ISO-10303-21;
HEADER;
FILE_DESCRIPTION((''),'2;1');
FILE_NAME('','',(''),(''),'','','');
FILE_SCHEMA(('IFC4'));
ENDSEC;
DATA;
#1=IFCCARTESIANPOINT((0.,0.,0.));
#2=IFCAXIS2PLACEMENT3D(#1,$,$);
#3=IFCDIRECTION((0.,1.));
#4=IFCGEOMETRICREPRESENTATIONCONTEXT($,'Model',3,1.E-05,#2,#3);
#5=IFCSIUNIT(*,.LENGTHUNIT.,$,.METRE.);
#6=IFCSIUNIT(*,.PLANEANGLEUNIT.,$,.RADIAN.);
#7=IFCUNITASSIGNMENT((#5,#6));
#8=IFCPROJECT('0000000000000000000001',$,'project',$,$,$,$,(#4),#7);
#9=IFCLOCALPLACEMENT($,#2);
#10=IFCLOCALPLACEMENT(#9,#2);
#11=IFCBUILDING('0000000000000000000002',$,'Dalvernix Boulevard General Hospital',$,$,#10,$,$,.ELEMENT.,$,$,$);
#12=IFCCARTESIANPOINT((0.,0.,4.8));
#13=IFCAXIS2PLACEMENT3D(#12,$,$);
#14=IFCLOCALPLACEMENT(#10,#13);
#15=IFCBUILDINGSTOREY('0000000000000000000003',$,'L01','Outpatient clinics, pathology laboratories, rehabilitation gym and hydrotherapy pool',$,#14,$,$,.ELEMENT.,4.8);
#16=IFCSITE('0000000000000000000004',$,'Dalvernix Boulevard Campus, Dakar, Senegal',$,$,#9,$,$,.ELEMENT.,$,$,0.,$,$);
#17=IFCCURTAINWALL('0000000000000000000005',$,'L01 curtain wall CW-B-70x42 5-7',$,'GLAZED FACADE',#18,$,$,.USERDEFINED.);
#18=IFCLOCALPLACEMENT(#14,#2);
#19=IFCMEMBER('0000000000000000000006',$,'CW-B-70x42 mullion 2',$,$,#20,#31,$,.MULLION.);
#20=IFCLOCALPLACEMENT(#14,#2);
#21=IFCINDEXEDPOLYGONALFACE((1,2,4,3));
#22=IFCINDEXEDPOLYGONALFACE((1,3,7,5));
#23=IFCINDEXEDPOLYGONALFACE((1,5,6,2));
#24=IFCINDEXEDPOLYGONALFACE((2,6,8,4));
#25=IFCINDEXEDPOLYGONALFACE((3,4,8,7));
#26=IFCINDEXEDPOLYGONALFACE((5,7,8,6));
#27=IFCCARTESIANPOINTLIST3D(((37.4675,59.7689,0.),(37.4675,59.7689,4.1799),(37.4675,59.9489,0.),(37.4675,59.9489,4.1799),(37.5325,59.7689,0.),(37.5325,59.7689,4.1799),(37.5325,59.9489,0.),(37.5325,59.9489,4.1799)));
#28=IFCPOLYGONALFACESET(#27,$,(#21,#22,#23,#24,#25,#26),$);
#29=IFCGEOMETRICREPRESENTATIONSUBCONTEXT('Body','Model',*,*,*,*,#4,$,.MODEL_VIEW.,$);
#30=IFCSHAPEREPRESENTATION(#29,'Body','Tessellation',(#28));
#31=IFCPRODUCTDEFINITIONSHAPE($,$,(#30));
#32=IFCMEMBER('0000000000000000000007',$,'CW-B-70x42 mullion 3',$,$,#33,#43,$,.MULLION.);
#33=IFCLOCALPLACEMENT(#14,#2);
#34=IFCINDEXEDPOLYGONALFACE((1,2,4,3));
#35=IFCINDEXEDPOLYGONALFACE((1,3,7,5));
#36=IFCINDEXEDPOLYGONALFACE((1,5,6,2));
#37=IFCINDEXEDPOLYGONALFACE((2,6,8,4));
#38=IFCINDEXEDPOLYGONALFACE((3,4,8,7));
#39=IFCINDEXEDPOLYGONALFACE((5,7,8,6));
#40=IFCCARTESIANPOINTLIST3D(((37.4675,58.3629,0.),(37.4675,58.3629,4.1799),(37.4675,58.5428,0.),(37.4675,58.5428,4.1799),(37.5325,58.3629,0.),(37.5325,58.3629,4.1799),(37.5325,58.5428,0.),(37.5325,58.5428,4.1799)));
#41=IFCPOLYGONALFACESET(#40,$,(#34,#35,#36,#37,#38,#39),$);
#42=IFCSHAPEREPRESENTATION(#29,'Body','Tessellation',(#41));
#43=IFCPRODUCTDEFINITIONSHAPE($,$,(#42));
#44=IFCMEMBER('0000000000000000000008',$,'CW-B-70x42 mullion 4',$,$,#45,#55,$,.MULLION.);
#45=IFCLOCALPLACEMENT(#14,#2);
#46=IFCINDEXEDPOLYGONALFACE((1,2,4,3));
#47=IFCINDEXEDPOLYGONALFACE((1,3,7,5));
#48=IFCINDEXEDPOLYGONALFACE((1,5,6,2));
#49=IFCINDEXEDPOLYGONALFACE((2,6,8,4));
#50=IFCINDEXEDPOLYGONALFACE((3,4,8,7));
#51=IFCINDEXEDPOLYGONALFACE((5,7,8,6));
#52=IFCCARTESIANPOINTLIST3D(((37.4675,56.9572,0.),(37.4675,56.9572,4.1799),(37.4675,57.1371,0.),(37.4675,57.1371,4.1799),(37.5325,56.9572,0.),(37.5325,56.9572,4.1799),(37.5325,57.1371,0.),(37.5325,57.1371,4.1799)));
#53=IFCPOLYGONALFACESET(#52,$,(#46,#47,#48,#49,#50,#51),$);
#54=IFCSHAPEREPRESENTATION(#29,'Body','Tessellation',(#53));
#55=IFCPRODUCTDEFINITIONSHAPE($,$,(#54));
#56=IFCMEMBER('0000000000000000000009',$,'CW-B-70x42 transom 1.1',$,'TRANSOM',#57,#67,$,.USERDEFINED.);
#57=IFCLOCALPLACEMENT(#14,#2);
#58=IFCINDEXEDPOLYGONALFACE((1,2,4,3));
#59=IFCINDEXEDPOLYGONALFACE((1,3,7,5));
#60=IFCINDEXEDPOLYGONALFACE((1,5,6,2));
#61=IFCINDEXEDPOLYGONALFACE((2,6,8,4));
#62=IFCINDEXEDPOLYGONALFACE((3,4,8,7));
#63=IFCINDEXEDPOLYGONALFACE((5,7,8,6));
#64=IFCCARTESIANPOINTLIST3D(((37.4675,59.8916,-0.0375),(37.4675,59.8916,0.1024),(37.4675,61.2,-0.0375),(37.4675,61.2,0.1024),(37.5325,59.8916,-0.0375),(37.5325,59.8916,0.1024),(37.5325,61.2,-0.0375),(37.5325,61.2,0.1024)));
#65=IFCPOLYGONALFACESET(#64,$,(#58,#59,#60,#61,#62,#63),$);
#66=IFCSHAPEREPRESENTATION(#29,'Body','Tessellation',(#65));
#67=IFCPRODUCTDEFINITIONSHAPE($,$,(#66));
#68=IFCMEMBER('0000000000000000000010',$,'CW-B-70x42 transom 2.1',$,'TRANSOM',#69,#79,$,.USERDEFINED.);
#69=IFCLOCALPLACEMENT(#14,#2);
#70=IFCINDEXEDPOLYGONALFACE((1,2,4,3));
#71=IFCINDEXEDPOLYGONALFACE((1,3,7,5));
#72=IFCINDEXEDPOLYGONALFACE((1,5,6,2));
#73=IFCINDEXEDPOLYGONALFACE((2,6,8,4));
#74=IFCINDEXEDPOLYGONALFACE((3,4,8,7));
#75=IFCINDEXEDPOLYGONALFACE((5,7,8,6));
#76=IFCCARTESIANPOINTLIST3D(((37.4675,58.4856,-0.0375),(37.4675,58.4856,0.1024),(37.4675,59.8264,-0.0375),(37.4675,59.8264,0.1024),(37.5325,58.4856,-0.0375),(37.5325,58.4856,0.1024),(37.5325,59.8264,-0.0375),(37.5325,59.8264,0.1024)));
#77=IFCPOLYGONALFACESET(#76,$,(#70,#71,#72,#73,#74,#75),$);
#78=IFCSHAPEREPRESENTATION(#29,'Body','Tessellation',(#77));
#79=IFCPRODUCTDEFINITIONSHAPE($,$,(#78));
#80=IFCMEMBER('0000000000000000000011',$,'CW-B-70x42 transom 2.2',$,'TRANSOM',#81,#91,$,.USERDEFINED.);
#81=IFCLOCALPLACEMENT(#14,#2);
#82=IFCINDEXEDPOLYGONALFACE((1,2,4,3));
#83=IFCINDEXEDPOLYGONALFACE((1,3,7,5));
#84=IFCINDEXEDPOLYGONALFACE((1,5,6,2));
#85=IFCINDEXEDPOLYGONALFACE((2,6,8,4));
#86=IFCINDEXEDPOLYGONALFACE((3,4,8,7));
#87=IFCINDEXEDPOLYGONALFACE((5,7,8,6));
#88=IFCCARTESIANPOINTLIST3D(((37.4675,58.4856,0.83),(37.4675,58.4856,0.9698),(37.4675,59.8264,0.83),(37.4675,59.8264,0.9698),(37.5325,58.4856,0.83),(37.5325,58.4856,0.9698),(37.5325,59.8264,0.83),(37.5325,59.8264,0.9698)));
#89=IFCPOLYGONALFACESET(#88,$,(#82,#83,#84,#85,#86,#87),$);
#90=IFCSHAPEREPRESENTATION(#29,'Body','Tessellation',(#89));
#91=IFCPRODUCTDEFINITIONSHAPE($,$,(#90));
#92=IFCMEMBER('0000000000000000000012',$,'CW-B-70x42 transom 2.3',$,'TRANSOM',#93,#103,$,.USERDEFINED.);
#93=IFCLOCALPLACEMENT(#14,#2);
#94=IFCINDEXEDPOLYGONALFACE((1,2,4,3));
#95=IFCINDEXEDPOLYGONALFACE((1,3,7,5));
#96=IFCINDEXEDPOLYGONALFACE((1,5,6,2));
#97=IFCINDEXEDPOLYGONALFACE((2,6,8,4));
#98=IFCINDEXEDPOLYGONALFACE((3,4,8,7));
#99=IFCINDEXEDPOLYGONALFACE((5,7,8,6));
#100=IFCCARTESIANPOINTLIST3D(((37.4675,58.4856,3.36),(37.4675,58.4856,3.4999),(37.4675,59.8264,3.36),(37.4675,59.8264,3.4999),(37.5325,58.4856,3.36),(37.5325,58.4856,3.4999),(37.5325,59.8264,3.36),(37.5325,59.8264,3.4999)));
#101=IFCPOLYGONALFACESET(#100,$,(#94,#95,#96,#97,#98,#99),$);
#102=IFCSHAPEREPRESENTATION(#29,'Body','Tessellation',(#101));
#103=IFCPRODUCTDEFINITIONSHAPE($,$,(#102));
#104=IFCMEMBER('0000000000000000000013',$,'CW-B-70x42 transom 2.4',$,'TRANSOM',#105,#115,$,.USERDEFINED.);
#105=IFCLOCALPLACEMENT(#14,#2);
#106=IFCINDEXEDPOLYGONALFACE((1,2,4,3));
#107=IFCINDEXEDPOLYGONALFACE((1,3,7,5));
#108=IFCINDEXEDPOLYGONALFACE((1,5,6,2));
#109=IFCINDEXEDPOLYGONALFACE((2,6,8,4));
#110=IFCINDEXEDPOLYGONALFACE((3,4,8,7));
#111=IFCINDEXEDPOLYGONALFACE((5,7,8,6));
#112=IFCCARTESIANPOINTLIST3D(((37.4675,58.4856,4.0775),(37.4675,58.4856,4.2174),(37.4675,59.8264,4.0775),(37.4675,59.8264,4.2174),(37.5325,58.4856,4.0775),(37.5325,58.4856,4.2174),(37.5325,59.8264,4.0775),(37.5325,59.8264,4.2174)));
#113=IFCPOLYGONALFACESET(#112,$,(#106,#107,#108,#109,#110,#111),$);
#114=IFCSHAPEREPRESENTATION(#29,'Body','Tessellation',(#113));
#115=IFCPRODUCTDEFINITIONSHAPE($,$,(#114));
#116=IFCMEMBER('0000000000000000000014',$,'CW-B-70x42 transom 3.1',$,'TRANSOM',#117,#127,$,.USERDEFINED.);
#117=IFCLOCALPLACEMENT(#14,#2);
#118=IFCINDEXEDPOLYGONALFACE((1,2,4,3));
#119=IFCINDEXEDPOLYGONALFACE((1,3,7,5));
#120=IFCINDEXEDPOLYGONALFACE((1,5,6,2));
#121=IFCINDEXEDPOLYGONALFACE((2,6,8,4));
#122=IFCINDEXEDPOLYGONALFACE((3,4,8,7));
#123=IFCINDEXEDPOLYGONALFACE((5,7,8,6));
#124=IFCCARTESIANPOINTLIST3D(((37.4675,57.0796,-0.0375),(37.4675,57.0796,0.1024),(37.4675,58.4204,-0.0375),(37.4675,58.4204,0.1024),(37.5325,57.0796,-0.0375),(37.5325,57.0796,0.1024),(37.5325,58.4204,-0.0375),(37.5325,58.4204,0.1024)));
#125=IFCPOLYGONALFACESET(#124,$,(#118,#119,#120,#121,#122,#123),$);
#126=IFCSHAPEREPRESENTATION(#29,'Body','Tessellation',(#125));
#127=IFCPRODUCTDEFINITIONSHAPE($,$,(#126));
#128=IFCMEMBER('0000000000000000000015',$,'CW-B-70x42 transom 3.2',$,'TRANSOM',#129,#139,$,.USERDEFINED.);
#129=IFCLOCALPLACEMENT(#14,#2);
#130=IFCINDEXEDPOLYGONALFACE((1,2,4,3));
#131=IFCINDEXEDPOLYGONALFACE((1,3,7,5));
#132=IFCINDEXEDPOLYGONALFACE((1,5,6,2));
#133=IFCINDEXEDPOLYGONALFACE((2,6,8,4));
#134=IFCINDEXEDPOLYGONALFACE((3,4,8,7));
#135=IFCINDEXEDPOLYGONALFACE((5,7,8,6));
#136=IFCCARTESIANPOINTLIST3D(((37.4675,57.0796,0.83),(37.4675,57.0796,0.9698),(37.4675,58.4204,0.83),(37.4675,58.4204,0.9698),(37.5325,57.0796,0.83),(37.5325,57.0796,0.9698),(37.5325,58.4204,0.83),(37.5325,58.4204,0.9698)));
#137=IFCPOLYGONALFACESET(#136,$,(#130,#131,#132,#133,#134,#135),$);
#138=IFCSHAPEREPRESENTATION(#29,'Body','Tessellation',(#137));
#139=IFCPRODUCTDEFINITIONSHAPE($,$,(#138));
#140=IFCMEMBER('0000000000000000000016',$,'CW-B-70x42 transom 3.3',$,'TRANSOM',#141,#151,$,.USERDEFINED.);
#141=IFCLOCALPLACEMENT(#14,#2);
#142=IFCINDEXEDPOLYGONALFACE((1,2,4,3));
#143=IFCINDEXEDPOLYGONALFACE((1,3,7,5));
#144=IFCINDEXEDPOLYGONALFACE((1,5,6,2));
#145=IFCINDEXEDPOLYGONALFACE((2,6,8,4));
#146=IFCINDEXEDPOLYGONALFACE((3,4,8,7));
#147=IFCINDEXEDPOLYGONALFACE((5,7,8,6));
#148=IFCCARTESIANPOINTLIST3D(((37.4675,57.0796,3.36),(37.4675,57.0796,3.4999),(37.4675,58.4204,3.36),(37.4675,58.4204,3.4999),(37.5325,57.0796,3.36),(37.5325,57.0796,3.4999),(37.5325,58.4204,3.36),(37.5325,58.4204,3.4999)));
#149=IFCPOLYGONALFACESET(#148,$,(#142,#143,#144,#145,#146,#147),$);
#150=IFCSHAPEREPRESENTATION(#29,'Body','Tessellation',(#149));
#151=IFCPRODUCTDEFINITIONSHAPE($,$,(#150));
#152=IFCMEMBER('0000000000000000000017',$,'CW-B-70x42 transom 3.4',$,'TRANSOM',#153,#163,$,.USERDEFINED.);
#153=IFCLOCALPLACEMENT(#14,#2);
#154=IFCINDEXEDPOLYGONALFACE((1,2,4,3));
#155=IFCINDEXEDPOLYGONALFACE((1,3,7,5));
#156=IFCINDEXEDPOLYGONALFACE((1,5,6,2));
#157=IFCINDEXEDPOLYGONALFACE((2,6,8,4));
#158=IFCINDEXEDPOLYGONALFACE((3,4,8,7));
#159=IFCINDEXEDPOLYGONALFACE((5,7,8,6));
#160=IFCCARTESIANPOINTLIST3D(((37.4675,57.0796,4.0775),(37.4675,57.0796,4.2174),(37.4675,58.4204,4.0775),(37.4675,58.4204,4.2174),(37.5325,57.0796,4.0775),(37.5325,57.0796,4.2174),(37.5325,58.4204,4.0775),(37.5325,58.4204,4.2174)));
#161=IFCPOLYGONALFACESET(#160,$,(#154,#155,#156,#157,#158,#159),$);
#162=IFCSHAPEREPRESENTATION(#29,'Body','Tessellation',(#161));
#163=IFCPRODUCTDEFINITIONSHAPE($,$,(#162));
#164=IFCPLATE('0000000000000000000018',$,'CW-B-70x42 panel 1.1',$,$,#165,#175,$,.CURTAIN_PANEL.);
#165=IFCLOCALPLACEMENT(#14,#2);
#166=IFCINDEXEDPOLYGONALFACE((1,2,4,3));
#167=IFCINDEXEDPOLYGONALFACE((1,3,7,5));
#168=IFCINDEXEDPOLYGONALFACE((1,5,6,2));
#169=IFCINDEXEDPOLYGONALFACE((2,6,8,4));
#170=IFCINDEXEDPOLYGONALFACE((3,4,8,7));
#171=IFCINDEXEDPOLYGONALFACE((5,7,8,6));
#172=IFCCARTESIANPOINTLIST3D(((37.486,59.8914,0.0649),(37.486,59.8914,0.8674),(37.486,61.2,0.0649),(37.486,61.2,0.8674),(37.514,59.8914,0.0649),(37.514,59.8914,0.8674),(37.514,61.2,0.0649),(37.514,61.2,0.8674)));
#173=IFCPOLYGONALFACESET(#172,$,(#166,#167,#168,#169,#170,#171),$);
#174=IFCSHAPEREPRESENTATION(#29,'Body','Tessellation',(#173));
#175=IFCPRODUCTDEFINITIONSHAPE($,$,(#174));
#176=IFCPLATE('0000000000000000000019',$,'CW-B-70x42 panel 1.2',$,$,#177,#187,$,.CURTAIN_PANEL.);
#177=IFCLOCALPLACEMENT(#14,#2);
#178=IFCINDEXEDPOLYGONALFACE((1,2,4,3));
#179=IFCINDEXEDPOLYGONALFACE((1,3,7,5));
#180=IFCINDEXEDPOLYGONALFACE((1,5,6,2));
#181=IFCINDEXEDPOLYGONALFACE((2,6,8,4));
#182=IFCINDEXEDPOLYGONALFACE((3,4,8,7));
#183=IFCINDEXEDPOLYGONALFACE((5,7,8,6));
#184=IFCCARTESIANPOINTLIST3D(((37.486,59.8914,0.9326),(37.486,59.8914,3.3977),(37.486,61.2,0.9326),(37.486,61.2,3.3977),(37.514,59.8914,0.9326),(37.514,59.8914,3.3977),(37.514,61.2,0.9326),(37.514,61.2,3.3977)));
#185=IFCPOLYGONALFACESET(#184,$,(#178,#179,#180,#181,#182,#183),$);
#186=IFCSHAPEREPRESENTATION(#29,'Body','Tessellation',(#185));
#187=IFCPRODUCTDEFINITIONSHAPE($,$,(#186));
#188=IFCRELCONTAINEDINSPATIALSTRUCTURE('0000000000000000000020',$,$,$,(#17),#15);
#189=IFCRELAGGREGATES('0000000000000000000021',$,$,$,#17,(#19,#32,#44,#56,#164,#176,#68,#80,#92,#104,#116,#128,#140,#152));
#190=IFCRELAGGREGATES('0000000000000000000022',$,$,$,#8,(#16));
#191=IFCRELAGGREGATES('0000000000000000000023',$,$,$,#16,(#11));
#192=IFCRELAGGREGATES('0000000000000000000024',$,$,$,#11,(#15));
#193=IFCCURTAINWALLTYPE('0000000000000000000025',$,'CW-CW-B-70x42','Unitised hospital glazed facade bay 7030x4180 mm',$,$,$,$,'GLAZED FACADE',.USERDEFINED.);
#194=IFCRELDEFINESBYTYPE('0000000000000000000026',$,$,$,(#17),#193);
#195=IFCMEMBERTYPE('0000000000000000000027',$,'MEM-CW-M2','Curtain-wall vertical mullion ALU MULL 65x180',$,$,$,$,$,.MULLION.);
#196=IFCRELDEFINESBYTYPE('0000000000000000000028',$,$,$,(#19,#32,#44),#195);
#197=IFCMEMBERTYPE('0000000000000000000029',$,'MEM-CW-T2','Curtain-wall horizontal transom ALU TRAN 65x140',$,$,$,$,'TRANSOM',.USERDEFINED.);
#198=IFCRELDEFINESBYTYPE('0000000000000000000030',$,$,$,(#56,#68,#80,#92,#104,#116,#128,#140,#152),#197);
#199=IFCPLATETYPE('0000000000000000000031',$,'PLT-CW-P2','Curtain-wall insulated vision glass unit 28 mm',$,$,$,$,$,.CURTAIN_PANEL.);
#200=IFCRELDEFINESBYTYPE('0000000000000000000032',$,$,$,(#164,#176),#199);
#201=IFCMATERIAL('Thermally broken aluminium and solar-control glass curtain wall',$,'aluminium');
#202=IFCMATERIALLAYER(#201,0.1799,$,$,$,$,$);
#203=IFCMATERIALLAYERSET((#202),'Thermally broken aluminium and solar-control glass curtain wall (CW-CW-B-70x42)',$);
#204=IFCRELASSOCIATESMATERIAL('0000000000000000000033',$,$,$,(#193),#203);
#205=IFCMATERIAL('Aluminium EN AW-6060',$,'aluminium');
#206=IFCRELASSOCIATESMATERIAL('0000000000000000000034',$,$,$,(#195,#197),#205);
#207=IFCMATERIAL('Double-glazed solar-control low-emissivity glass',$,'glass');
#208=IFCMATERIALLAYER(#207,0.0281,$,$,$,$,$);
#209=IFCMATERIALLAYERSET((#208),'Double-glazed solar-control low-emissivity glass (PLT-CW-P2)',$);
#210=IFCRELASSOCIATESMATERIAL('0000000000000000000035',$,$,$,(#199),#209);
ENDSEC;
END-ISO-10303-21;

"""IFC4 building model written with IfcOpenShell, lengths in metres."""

from ifc_helpers import new_model, si_unit, direction, frame, origin, origin_2d, place, context, subcontext, project, spatial, rectangle, extrude, material, layer, layer_set, material_profile, profile_set, type_object, element, aggregate, save


model = new_model("IFC4")

# Units and contexts
model_context = context("Model", 3, precision=1e-05, world=origin(), true_north=direction((0.0, 1.0)))
body_context = subcontext(model_context, "Body", "Model", "MODEL_VIEW")
ifc_project = project(units=[si_unit("LENGTHUNIT", "METRE"), si_unit("PLANEANGLEUNIT", "RADIAN")], contexts=[model_context])

# Site, building, storey
site_placement = place(None, origin())
site = spatial("IfcSite", under=ifc_project, at=site_placement, Name="Dalvernix Boulevard Campus, Dakar, Senegal", CompositionType="ELEMENT", RefElevation=0.0)
building_placement = place(site_placement, origin())
building = spatial("IfcBuilding", under=site, at=building_placement, Name="Dalvernix Boulevard General Hospital", CompositionType="ELEMENT")
storey_placement = place(building_placement, frame((0.0, 0.0, 4.8)))
storey = spatial("IfcBuildingStorey", under=building, at=storey_placement, Name="L01", Description="Outpatient clinics, pathology laboratories, rehabilitation gym and hydrotherapy pool", CompositionType="ELEMENT", Elevation=4.8)

# Curtain wall, members, plates
ifc_material_1 = material(Name="Thermally broken aluminium and solar-control glass curtain wall", Category="aluminium")
ifc_layer_1 = layer(ifc_material_1, 0.1799)
ifc_layer_set_1 = layer_set([ifc_layer_1], Name="Thermally broken aluminium and solar-control glass curtain wall (CW-CW-B-70x42)")
curtain_wall_type = type_object("IfcCurtainWallType", Name="CW-CW-B-70x42", Description="Unitised hospital glazed facade bay 7030x4180 mm", ElementType="GLAZED FACADE", PredefinedType="USERDEFINED", material=ifc_layer_set_1)
curtain_wall_placement = place(storey_placement, origin())
curtain_wall = element("IfcCurtainWall", 1, at=curtain_wall_placement, inside=storey, type_object=curtain_wall_type, Name="L01 curtain wall CW-B-70x42 5-7", ObjectType="GLAZED FACADE", PredefinedType="USERDEFINED")
ifc_material_2 = material(Name="Aluminium EN AW-6060", Category="aluminium")
ifc_material_profile_1 = material_profile(ifc_material_2, rectangle(XDim=0.0649, YDim=0.1799, at=origin_2d()), Name="ALU MULL 65x180")
ifc_profile_set_1 = profile_set([ifc_material_profile_1], Name="Aluminium EN AW-6060")
member_type_1 = type_object("IfcMemberType", Name="MEM-CW-M2", Description="Curtain-wall vertical mullion ALU MULL 65x180", PredefinedType="MULLION", material=ifc_profile_set_1)
member_1_placement = place(storey_placement, frame((37.5, 59.8589, 0.0), z_axis=(0.0, 0.0, 1.0), x_axis=(1.0, 0.0, 0.0)))
member_1 = element("IfcMember", 2, at=member_1_placement, type_object=member_type_1, Name="CW-B-70x42 mullion 2", PredefinedType="MULLION", context=body_context, shape_type="SweptSolid", body=[
    extrude(rectangle(XDim=0.0649, YDim=0.1799, at=origin_2d()), origin(), (0.0, 0.0, 1.0), 4.1799),
])
member_2_placement = place(storey_placement, frame((37.5, 58.4529, 0.0), z_axis=(0.0, 0.0, 1.0), x_axis=(1.0, 0.0, 0.0)))
member_2 = element("IfcMember", 3, at=member_2_placement, type_object=member_type_1, Name="CW-B-70x42 mullion 3", PredefinedType="MULLION", context=body_context, shape_type="SweptSolid", body=[
    extrude(rectangle(XDim=0.0649, YDim=0.1799, at=origin_2d()), origin(), (0.0, 0.0, 1.0), 4.1799),
])
member_3_placement = place(storey_placement, frame((37.5, 57.0471, 0.0), z_axis=(0.0, 0.0, 1.0), x_axis=(1.0, 0.0, 0.0)))
member_3 = element("IfcMember", 4, at=member_3_placement, type_object=member_type_1, Name="CW-B-70x42 mullion 4", PredefinedType="MULLION", context=body_context, shape_type="SweptSolid", body=[
    extrude(rectangle(XDim=0.0649, YDim=0.1799, at=origin_2d()), origin(), (0.0, 0.0, 1.0), 4.1799),
])
ifc_material_profile_2 = material_profile(ifc_material_2, rectangle(XDim=0.0649, YDim=0.1399, at=origin_2d()), Name="ALU TRAN 65x140")
ifc_profile_set_2 = profile_set([ifc_material_profile_2], Name="Aluminium EN AW-6060")
member_type_2 = type_object("IfcMemberType", Name="MEM-CW-T2", Description="Curtain-wall horizontal transom ALU TRAN 65x140", ElementType="TRANSOM", PredefinedType="USERDEFINED", material=ifc_profile_set_2)
member_4_placement = place(storey_placement, frame((37.5, 61.2, 0.0325), z_axis=(0.0, -1.0, 0.0), x_axis=(1.0, 0.0, 0.0)))
member_4 = element("IfcMember", 5, at=member_4_placement, type_object=member_type_2, Name="CW-B-70x42 transom 1.1", ObjectType="TRANSOM", PredefinedType="USERDEFINED", context=body_context, shape_type="SweptSolid", body=[
    extrude(rectangle(XDim=0.0649, YDim=0.1399, at=origin_2d()), origin(), (0.0, 0.0, 1.0), 1.3083),
])
member_5_placement = place(storey_placement, frame((37.5, 59.8264, 0.0325), z_axis=(0.0, -1.0, 0.0), x_axis=(1.0, 0.0, 0.0)))
member_5 = element("IfcMember", 6, at=member_5_placement, type_object=member_type_2, Name="CW-B-70x42 transom 2.1", ObjectType="TRANSOM", PredefinedType="USERDEFINED", context=body_context, shape_type="SweptSolid", body=[
    extrude(rectangle(XDim=0.0649, YDim=0.1399, at=origin_2d()), origin(), (0.0, 0.0, 1.0), 1.3408),
])
member_6_placement = place(storey_placement, frame((37.5, 59.8264, 0.8999), z_axis=(0.0, -1.0, 0.0), x_axis=(1.0, 0.0, 0.0)))
member_6 = element("IfcMember", 7, at=member_6_placement, type_object=member_type_2, Name="CW-B-70x42 transom 2.2", ObjectType="TRANSOM", PredefinedType="USERDEFINED", context=body_context, shape_type="SweptSolid", body=[
    extrude(rectangle(XDim=0.0649, YDim=0.1399, at=origin_2d()), origin(), (0.0, 0.0, 1.0), 1.3408),
])
member_7_placement = place(storey_placement, frame((37.5, 59.8264, 3.4299), z_axis=(0.0, -1.0, 0.0), x_axis=(1.0, 0.0, 0.0)))
member_7 = element("IfcMember", 8, at=member_7_placement, type_object=member_type_2, Name="CW-B-70x42 transom 2.3", ObjectType="TRANSOM", PredefinedType="USERDEFINED", context=body_context, shape_type="SweptSolid", body=[
    extrude(rectangle(XDim=0.0649, YDim=0.1399, at=origin_2d()), origin(), (0.0, 0.0, 1.0), 1.3408),
])
member_8_placement = place(storey_placement, frame((37.5, 59.8264, 4.1475), z_axis=(0.0, -1.0, 0.0), x_axis=(1.0, 0.0, 0.0)))
member_8 = element("IfcMember", 9, at=member_8_placement, type_object=member_type_2, Name="CW-B-70x42 transom 2.4", ObjectType="TRANSOM", PredefinedType="USERDEFINED", context=body_context, shape_type="SweptSolid", body=[
    extrude(rectangle(XDim=0.0649, YDim=0.1399, at=origin_2d()), origin(), (0.0, 0.0, 1.0), 1.3408),
])
member_9_placement = place(storey_placement, frame((37.5, 58.4204, 0.0325), z_axis=(0.0, -1.0, 0.0), x_axis=(1.0, 0.0, 0.0)))
member_9 = element("IfcMember", 10, at=member_9_placement, type_object=member_type_2, Name="CW-B-70x42 transom 3.1", ObjectType="TRANSOM", PredefinedType="USERDEFINED", context=body_context, shape_type="SweptSolid", body=[
    extrude(rectangle(XDim=0.0649, YDim=0.1399, at=origin_2d()), origin(), (0.0, 0.0, 1.0), 1.3408),
])
member_10_placement = place(storey_placement, frame((37.5, 58.4204, 0.8999), z_axis=(0.0, -1.0, 0.0), x_axis=(1.0, 0.0, 0.0)))
member_10 = element("IfcMember", 11, at=member_10_placement, type_object=member_type_2, Name="CW-B-70x42 transom 3.2", ObjectType="TRANSOM", PredefinedType="USERDEFINED", context=body_context, shape_type="SweptSolid", body=[
    extrude(rectangle(XDim=0.0649, YDim=0.1399, at=origin_2d()), origin(), (0.0, 0.0, 1.0), 1.3408),
])
member_11_placement = place(storey_placement, frame((37.5, 58.4204, 3.4299), z_axis=(0.0, -1.0, 0.0), x_axis=(1.0, 0.0, 0.0)))
member_11 = element("IfcMember", 12, at=member_11_placement, type_object=member_type_2, Name="CW-B-70x42 transom 3.3", ObjectType="TRANSOM", PredefinedType="USERDEFINED", context=body_context, shape_type="SweptSolid", body=[
    extrude(rectangle(XDim=0.0649, YDim=0.1399, at=origin_2d()), origin(), (0.0, 0.0, 1.0), 1.3408),
])
member_12_placement = place(storey_placement, frame((37.5, 58.4204, 4.1475), z_axis=(0.0, -1.0, 0.0), x_axis=(1.0, 0.0, 0.0)))
member_12 = element("IfcMember", 13, at=member_12_placement, type_object=member_type_2, Name="CW-B-70x42 transom 3.4", ObjectType="TRANSOM", PredefinedType="USERDEFINED", context=body_context, shape_type="SweptSolid", body=[
    extrude(rectangle(XDim=0.0649, YDim=0.1399, at=origin_2d()), origin(), (0.0, 0.0, 1.0), 1.3408),
])
ifc_material_3 = material(Name="Double-glazed solar-control low-emissivity glass", Category="glass")
ifc_layer_2 = layer(ifc_material_3, 0.0281)
ifc_layer_set_2 = layer_set([ifc_layer_2], Name="Double-glazed solar-control low-emissivity glass (PLT-CW-P2)")
plate_type = type_object("IfcPlateType", Name="PLT-CW-P2", Description="Curtain-wall insulated vision glass unit 28 mm", PredefinedType="CURTAIN_PANEL", material=ifc_layer_set_2)
plate_1_placement = place(storey_placement, frame((37.5, 60.5457, 0.0649), z_axis=(0.0, 0.0, 1.0), x_axis=(0.0, -1.0, 0.0)))
plate_1 = element("IfcPlate", 14, at=plate_1_placement, type_object=plate_type, Name="CW-B-70x42 panel 1.1", PredefinedType="CURTAIN_PANEL", context=body_context, shape_type="SweptSolid", body=[
    extrude(rectangle(XDim=1.3086, YDim=0.0281, at=origin_2d()), origin(), (0.0, 0.0, 1.0), 0.8025),
])
plate_2_placement = place(storey_placement, frame((37.5, 60.5457, 0.9326), z_axis=(0.0, 0.0, 1.0), x_axis=(0.0, -1.0, 0.0)))
plate_2 = element("IfcPlate", 15, at=plate_2_placement, type_object=plate_type, Name="CW-B-70x42 panel 1.2", PredefinedType="CURTAIN_PANEL", context=body_context, shape_type="SweptSolid", body=[
    extrude(rectangle(XDim=1.3086, YDim=0.0281, at=origin_2d()), origin(), (0.0, 0.0, 1.0), 2.4651),
])
aggregate(curtain_wall, [member_1, member_2, member_3, member_4, plate_1, plate_2, member_5, member_6, member_7, member_8, member_9, member_10, member_11, member_12])

save(model, "model.ifc")
